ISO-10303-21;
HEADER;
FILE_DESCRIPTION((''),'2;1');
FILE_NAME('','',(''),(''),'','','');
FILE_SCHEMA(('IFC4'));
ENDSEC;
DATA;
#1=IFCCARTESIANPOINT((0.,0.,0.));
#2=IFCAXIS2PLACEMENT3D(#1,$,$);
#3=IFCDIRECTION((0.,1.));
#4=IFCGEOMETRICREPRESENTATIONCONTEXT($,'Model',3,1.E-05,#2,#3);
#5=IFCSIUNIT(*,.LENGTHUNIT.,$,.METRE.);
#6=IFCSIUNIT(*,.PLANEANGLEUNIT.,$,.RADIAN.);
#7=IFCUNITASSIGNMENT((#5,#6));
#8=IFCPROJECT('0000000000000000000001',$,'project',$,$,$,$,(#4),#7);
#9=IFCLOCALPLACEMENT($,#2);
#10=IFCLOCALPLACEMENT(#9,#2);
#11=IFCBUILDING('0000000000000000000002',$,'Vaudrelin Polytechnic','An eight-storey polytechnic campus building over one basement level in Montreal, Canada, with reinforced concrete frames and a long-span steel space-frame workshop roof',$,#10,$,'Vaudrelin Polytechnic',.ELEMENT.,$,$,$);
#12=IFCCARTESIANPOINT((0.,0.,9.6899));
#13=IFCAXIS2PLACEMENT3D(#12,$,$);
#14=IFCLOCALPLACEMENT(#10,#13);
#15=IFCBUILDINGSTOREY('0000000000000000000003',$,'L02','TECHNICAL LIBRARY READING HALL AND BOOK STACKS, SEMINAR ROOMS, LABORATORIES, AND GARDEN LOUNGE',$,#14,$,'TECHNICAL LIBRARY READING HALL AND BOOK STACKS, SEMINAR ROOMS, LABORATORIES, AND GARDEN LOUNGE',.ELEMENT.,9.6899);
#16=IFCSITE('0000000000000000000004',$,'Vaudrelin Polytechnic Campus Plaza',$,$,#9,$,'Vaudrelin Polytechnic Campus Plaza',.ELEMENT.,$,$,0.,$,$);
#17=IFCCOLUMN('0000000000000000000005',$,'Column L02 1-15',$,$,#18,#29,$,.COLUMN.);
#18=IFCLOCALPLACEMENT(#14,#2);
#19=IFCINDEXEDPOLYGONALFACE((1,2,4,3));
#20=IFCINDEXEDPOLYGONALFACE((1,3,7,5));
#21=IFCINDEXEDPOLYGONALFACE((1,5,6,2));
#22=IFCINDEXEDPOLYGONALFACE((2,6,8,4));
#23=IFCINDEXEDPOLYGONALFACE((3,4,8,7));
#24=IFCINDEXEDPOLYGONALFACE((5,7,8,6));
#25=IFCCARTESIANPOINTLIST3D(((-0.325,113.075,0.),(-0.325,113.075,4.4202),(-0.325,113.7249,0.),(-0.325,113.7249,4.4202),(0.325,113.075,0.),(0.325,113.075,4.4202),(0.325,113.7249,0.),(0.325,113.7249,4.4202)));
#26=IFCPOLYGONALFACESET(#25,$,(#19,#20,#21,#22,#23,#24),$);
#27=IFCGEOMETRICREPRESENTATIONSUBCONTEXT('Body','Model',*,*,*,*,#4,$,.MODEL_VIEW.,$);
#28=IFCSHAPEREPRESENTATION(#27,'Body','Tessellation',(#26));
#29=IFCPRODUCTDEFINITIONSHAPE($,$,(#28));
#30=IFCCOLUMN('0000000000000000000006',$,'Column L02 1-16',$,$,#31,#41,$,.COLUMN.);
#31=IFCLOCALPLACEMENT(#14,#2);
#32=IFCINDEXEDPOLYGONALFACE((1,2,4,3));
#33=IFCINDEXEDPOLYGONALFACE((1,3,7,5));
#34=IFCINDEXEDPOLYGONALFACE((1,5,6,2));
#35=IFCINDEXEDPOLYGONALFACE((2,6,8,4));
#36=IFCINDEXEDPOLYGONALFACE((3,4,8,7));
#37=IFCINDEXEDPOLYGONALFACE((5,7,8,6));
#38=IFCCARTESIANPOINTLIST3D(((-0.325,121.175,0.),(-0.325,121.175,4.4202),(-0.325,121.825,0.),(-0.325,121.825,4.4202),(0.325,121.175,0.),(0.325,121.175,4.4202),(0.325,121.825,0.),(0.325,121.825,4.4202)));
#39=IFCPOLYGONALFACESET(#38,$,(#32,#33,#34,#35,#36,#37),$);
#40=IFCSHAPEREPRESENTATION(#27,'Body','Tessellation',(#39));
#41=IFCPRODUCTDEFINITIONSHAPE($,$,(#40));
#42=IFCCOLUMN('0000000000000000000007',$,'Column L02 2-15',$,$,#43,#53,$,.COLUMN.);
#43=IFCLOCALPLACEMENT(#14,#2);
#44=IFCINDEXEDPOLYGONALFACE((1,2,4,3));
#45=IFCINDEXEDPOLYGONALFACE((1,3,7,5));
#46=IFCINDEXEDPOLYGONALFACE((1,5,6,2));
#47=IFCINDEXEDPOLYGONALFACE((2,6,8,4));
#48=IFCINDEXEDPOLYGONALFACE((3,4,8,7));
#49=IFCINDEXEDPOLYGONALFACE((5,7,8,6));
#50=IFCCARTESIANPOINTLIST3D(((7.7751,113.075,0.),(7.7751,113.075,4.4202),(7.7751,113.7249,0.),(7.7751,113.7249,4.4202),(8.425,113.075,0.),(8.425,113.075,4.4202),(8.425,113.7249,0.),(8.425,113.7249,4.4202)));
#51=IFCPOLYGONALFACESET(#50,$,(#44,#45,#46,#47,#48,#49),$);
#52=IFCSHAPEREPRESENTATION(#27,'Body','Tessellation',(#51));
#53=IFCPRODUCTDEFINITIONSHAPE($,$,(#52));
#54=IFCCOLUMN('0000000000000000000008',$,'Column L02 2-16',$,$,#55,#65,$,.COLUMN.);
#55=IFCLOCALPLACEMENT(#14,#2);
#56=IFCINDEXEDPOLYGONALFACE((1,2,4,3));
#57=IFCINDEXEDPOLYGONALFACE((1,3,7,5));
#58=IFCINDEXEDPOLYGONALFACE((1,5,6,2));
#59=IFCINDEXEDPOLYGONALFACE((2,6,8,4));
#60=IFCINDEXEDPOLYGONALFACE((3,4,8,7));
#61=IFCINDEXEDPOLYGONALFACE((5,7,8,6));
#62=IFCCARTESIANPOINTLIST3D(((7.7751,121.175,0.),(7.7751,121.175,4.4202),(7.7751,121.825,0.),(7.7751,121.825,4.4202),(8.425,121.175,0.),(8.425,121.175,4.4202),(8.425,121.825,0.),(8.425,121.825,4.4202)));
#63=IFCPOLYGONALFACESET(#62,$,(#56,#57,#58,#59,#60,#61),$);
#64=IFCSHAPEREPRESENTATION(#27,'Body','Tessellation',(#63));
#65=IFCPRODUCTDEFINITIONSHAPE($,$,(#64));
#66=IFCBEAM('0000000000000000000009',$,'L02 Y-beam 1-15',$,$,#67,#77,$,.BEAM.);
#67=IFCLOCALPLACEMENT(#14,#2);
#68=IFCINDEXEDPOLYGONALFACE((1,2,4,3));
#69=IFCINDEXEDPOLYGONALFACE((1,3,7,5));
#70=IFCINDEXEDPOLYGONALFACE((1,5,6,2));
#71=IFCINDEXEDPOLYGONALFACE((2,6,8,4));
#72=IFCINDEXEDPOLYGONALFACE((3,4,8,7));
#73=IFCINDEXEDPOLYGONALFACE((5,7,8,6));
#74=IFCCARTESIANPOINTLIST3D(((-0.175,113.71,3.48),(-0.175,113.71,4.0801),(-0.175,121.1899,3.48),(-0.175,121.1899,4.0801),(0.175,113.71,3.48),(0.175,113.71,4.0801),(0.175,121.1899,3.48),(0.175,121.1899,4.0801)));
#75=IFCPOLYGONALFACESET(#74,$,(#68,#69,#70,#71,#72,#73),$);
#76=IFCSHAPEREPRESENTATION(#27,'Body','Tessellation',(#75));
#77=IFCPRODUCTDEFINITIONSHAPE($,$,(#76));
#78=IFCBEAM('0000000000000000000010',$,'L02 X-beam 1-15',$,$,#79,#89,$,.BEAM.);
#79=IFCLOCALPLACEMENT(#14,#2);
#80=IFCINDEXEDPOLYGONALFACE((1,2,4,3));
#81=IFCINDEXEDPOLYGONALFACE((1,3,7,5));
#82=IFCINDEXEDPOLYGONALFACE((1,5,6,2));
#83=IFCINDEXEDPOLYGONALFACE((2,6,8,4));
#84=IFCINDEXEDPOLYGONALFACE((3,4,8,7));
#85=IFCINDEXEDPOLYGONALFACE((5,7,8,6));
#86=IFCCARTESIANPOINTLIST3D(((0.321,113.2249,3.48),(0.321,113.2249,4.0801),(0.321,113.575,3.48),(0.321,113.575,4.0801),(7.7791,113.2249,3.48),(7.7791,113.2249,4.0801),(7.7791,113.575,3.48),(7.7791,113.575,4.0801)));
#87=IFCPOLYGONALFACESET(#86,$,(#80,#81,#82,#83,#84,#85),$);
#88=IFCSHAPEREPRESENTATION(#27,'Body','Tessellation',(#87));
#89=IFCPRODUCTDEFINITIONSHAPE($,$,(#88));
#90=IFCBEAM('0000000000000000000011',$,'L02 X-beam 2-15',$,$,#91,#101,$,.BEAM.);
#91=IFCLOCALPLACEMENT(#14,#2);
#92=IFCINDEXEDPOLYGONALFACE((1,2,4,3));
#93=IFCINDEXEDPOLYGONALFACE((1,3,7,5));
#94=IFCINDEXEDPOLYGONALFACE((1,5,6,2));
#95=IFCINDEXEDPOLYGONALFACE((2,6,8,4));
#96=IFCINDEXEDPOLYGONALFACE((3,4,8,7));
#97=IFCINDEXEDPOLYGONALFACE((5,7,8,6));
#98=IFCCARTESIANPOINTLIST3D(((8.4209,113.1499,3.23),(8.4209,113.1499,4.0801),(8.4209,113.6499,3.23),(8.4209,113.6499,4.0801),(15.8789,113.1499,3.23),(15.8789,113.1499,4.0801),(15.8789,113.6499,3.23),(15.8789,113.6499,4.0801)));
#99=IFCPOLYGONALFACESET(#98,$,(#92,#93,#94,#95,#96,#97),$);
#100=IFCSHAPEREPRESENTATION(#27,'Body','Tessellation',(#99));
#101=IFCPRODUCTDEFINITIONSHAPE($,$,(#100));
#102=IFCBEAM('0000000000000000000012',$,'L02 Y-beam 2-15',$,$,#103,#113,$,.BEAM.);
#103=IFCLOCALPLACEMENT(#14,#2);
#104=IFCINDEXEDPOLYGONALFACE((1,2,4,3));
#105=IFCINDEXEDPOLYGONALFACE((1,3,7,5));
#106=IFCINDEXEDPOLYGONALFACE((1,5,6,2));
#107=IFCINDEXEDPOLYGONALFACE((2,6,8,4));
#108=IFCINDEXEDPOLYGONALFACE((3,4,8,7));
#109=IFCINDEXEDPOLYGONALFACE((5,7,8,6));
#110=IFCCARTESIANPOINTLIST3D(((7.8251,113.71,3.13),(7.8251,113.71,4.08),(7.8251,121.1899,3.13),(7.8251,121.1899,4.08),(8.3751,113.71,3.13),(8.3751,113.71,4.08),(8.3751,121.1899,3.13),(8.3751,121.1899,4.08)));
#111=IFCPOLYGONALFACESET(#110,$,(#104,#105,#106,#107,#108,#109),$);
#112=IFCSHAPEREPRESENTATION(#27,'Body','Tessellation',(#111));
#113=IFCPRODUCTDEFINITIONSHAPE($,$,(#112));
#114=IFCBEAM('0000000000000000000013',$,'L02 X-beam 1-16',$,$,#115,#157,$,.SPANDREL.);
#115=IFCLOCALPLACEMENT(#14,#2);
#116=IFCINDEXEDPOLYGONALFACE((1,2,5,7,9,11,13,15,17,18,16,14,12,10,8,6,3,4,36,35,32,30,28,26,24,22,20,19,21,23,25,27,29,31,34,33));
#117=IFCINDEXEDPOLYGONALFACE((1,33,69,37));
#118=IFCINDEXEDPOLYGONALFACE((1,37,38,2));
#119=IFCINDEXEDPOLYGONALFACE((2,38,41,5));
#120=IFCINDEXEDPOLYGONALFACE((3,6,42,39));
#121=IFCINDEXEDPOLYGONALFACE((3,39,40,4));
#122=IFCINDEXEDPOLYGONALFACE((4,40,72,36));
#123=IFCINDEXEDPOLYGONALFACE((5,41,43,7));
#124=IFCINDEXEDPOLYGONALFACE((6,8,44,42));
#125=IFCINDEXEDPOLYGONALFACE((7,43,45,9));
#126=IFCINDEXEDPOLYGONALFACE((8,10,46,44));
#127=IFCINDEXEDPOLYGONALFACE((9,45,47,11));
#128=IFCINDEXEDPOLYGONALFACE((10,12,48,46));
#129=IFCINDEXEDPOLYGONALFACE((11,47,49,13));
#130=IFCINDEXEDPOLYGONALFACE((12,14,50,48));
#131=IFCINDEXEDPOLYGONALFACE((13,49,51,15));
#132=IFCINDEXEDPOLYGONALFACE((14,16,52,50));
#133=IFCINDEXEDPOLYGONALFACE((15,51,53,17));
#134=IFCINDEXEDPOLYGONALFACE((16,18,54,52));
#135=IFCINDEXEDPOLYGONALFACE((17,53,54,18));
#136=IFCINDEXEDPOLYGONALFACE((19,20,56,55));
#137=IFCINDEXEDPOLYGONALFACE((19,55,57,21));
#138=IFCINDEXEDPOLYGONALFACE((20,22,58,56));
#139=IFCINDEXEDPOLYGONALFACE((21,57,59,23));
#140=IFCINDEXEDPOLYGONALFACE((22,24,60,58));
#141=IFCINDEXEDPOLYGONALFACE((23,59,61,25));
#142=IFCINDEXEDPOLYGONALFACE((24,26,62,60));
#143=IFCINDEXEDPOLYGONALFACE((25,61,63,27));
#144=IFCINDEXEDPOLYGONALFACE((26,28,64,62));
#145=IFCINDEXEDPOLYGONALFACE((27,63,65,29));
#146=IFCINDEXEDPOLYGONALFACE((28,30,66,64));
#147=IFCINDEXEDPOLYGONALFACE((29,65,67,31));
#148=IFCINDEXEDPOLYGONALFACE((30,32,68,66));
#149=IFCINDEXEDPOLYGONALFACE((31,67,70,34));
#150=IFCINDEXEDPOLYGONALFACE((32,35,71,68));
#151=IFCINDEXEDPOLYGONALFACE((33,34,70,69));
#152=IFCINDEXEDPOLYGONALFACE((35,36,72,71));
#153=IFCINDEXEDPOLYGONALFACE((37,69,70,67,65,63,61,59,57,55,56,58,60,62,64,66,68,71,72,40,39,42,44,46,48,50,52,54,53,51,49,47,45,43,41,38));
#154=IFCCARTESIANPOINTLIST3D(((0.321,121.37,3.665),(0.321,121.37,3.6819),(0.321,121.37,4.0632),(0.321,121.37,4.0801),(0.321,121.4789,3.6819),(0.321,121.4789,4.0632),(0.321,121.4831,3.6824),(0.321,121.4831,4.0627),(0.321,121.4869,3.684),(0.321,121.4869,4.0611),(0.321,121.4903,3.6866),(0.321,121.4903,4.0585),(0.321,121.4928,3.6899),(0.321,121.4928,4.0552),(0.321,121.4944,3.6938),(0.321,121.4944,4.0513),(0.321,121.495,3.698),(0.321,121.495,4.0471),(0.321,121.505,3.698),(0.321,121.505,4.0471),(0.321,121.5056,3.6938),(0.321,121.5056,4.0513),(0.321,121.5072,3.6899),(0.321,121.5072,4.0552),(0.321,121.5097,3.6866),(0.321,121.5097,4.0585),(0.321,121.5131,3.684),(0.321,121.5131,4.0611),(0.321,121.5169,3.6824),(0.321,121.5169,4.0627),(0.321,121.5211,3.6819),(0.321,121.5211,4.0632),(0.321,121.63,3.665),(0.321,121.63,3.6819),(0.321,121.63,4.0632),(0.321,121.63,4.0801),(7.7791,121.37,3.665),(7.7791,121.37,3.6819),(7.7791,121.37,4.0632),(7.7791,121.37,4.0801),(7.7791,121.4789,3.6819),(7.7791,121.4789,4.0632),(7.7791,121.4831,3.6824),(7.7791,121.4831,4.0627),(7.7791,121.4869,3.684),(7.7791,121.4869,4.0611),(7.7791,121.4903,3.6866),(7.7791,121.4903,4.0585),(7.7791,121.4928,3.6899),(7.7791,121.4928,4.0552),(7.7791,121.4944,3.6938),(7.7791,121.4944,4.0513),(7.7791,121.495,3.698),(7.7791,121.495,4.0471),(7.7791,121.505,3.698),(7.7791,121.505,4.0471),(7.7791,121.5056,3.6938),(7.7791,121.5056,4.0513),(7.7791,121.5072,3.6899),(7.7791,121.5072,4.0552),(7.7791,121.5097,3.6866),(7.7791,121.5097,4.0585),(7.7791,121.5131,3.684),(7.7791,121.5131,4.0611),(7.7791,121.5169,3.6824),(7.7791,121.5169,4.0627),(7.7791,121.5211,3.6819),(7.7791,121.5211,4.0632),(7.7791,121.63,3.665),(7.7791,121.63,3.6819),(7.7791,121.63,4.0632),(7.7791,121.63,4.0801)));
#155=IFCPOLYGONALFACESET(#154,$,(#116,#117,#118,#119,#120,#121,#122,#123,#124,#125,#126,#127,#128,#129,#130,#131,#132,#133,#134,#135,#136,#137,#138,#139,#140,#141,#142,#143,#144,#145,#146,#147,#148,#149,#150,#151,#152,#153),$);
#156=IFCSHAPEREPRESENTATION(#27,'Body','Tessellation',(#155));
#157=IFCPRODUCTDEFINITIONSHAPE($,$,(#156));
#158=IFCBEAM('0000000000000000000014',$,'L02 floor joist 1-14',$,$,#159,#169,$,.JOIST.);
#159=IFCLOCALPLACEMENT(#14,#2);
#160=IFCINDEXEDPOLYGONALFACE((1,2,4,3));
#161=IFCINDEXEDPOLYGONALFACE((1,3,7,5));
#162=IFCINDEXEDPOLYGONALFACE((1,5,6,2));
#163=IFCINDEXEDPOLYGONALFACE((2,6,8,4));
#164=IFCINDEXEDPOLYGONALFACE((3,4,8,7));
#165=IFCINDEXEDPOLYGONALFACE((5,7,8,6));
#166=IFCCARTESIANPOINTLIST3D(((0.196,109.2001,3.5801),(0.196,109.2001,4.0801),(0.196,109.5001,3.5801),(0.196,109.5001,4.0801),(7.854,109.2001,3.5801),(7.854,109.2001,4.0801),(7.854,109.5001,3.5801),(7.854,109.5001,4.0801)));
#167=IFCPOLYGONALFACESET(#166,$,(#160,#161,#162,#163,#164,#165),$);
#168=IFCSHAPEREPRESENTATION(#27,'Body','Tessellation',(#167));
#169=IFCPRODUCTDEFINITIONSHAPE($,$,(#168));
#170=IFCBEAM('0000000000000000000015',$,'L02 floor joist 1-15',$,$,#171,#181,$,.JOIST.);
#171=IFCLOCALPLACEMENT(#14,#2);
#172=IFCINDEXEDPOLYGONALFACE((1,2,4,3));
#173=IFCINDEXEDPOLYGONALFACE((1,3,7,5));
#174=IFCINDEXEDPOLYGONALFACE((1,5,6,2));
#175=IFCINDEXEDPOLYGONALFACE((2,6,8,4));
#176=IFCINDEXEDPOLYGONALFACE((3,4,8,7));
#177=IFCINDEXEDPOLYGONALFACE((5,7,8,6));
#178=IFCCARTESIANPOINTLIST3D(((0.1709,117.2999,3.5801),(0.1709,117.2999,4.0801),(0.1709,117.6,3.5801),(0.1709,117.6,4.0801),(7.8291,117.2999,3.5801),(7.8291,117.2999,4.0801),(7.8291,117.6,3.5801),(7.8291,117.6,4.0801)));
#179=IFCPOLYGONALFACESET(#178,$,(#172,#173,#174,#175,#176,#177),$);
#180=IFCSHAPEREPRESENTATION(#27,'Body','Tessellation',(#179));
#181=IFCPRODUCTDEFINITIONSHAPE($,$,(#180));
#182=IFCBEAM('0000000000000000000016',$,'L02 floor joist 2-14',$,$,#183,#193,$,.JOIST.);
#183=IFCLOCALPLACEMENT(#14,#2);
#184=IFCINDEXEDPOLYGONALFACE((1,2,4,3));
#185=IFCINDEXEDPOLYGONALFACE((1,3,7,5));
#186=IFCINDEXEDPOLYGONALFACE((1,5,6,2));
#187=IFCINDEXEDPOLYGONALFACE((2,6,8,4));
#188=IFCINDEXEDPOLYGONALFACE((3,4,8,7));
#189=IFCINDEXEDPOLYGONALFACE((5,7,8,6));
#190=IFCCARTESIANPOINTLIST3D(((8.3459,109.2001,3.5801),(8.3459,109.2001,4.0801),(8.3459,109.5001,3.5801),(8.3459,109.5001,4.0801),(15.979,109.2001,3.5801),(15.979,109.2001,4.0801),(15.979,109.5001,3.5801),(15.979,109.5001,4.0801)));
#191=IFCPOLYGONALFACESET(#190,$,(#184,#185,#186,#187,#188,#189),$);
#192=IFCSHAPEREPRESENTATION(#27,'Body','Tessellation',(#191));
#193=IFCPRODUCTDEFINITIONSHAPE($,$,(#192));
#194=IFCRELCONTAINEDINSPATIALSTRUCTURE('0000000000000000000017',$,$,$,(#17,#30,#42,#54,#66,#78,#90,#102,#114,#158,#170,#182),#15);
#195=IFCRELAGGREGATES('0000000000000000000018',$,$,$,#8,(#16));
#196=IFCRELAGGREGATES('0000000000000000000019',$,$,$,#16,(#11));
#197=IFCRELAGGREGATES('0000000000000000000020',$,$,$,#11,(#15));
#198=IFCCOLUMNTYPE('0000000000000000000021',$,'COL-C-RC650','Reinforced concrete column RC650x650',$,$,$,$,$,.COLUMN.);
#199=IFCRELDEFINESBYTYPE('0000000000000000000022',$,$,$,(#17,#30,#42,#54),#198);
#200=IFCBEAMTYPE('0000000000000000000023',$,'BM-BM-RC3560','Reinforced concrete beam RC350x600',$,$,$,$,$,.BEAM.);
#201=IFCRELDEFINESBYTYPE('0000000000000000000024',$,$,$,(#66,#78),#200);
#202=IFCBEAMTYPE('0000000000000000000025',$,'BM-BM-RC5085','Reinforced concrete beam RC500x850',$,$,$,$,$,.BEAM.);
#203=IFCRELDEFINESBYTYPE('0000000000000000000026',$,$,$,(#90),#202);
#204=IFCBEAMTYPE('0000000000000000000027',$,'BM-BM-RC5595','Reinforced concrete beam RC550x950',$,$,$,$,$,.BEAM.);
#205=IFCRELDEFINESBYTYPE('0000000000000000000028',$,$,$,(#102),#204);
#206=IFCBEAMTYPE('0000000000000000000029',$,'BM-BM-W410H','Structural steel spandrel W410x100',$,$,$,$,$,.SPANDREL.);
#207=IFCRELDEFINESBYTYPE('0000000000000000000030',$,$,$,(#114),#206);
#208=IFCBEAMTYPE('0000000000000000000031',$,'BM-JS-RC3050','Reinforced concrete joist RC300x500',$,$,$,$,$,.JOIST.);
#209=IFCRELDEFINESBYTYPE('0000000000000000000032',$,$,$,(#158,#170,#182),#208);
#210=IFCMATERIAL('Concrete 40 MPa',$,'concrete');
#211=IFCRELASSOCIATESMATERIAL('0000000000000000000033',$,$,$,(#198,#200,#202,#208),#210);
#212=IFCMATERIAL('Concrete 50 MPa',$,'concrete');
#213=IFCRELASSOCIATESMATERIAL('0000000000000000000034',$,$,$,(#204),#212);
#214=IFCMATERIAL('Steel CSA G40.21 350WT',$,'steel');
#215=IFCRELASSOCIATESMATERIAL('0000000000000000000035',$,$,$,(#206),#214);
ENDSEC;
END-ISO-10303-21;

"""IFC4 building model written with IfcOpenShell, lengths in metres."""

from ifc_helpers import new_model, si_unit, direction, frame, origin, origin_2d, place, context, subcontext, project, spatial, rectangle, i_section, extrude, material, material_profile, profile_set, type_object, element, save


model = new_model("IFC4")

# Units and contexts
model_context = context("Model", 3, precision=1e-05, world=origin(), true_north=direction((0.0, 1.0)))
body_context = subcontext(model_context, "Body", "Model", "MODEL_VIEW")
ifc_project = project(units=[si_unit("LENGTHUNIT", "METRE"), si_unit("PLANEANGLEUNIT", "RADIAN")], contexts=[model_context])

# Site, building, storey
site_placement = place(None, origin())
site = spatial("IfcSite", under=ifc_project, at=site_placement, Name="Vaudrelin Polytechnic Campus Plaza", LongName="Vaudrelin Polytechnic Campus Plaza", CompositionType="ELEMENT", RefElevation=0.0)
building_placement = place(site_placement, origin())
building = spatial("IfcBuilding", under=site, at=building_placement, Name="Vaudrelin Polytechnic", Description="An eight-storey polytechnic campus building over one basement level in Montreal, Canada, with reinforced concrete frames and a long-span steel space-frame workshop roof", LongName="Vaudrelin Polytechnic", CompositionType="ELEMENT")
storey_placement = place(building_placement, frame((0.0, 0.0, 9.6899)))
storey = spatial("IfcBuildingStorey", under=building, at=storey_placement, Name="L02", Description="TECHNICAL LIBRARY READING HALL AND BOOK STACKS, SEMINAR ROOMS, LABORATORIES, AND GARDEN LOUNGE", LongName="TECHNICAL LIBRARY READING HALL AND BOOK STACKS, SEMINAR ROOMS, LABORATORIES, AND GARDEN LOUNGE", CompositionType="ELEMENT", Elevation=9.6899)

# Columns
ifc_material_1 = material(Name="Concrete 40 MPa", Category="concrete")
ifc_material_profile_1 = material_profile(ifc_material_1, rectangle(XDim=0.6499, YDim=0.6499, at=origin_2d()), Name="RC650x650")
ifc_profile_set_1 = profile_set([ifc_material_profile_1], Name="Concrete 40 MPa")
column_type = type_object("IfcColumnType", Name="COL-C-RC650", Description="Reinforced concrete column RC650x650", PredefinedType="COLUMN", material=ifc_profile_set_1)
for number, where, z_axis, x_axis, name in (
    (1, (0.0, 113.3999, 0.0), (0.0, 0.0, 1.0), (1.0, 0.0, 0.0), "Column L02 1-15"),
    (2, (0.0, 121.5, 0.0), (0.0, 0.0, 1.0), (1.0, 0.0, 0.0), "Column L02 1-16"),
    (3, (8.1001, 113.3999, 0.0), (0.0, 0.0, 1.0), (1.0, 0.0, 0.0), "Column L02 2-15"),
    (4, (8.1001, 121.5, 0.0), (0.0, 0.0, 1.0), (1.0, 0.0, 0.0), "Column L02 2-16"),
):
    element("IfcColumn", number, at=place(storey_placement, frame(where, z_axis=z_axis, x_axis=x_axis)), inside=storey, type_object=column_type, Name=name, PredefinedType="COLUMN", context=body_context, shape_type="SweptSolid", body=[
        extrude(rectangle(XDim=0.6499, YDim=0.6499, at=origin_2d()), origin(), (0.0, 0.0, 1.0), 4.4202),
    ])

# Beams
ifc_material_profile_2 = material_profile(ifc_material_1, rectangle(XDim=0.3501, YDim=0.6001, at=origin_2d()), Name="RC350x600")
ifc_profile_set_2 = profile_set([ifc_material_profile_2], Name="Concrete 40 MPa")
beam_type_1 = type_object("IfcBeamType", Name="BM-BM-RC3560", Description="Reinforced concrete beam RC350x600", PredefinedType="BEAM", material=ifc_profile_set_2)
beam_1_placement = place(storey_placement, frame((0.0, 113.71, 3.78), z_axis=(0.0, 1.0, 0.0), x_axis=(-1.0, 0.0, 0.0)))
element("IfcBeam", 5, at=beam_1_placement, inside=storey, type_object=beam_type_1, Name="L02 Y-beam 1-15", PredefinedType="BEAM", context=body_context, shape_type="SweptSolid", body=[
    extrude(rectangle(XDim=0.3501, YDim=0.6001, at=origin_2d()), origin(), (0.0, 0.0, 1.0), 7.48),
])
beam_2_placement = place(storey_placement, frame((0.321, 113.3999, 3.78), z_axis=(1.0, 0.0, 0.0), x_axis=(0.0, 1.0, 0.0)))
element("IfcBeam", 6, at=beam_2_placement, inside=storey, type_object=beam_type_1, Name="L02 X-beam 1-15", PredefinedType="BEAM", context=body_context, shape_type="SweptSolid", body=[
    extrude(rectangle(XDim=0.3501, YDim=0.6001, at=origin_2d()), origin(), (0.0, 0.0, 1.0), 7.458),
])
ifc_material_profile_3 = material_profile(ifc_material_1, rectangle(XDim=0.5, YDim=0.8501, at=origin_2d()), Name="RC500x850")
ifc_profile_set_3 = profile_set([ifc_material_profile_3], Name="Concrete 40 MPa")
beam_type_2 = type_object("IfcBeamType", Name="BM-BM-RC5085", Description="Reinforced concrete beam RC500x850", PredefinedType="BEAM", material=ifc_profile_set_3)
beam_3_placement = place(storey_placement, frame((8.4209, 113.3999, 3.655), z_axis=(1.0, 0.0, 0.0), x_axis=(0.0, 1.0, 0.0)))
element("IfcBeam", 7, at=beam_3_placement, inside=storey, type_object=beam_type_2, Name="L02 X-beam 2-15", PredefinedType="BEAM", context=body_context, shape_type="SweptSolid", body=[
    extrude(rectangle(XDim=0.5, YDim=0.8501, at=origin_2d()), origin(), (0.0, 0.0, 1.0), 7.458),
])
ifc_material_2 = material(Name="Concrete 50 MPa", Category="concrete")
ifc_material_profile_4 = material_profile(ifc_material_2, rectangle(XDim=0.55, YDim=0.95, at=origin_2d()), Name="RC550x950")
ifc_profile_set_4 = profile_set([ifc_material_profile_4], Name="Concrete 50 MPa")
beam_type_3 = type_object("IfcBeamType", Name="BM-BM-RC5595", Description="Reinforced concrete beam RC550x950", PredefinedType="BEAM", material=ifc_profile_set_4)
beam_4_placement = place(storey_placement, frame((8.1001, 113.71, 3.605), z_axis=(0.0, 1.0, 0.0), x_axis=(-1.0, 0.0, 0.0)))
element("IfcBeam", 8, at=beam_4_placement, inside=storey, type_object=beam_type_3, Name="L02 Y-beam 2-15", PredefinedType="BEAM", context=body_context, shape_type="SweptSolid", body=[
    extrude(rectangle(XDim=0.55, YDim=0.95, at=origin_2d()), origin(), (0.0, 0.0, 1.0), 7.48),
])
ifc_material_3 = material(Name="Steel CSA G40.21 350WT", Category="steel")
ifc_material_profile_5 = material_profile(ifc_material_3, i_section(OverallWidth=0.26, OverallDepth=0.415, WebThickness=0.01, FlangeThickness=0.0168, FilletRadius=0.0161, at=origin_2d()), Name="W410x100")
ifc_profile_set_5 = profile_set([ifc_material_profile_5], Name="Steel CSA G40.21 350WT")
beam_type_4 = type_object("IfcBeamType", Name="BM-BM-W410H", Description="Structural steel spandrel W410x100", PredefinedType="SPANDREL", material=ifc_profile_set_5)
beam_5_placement = place(storey_placement, frame((0.321, 121.5, 3.8726), z_axis=(1.0, 0.0, 0.0), x_axis=(0.0, 1.0, 0.0)))
element("IfcBeam", 9, at=beam_5_placement, inside=storey, type_object=beam_type_4, Name="L02 X-beam 1-16", PredefinedType="SPANDREL", context=body_context, shape_type="SweptSolid", body=[
    extrude(i_section(OverallWidth=0.26, OverallDepth=0.415, WebThickness=0.01, FlangeThickness=0.0168, FilletRadius=0.0161, at=origin_2d()), origin(), (0.0, 0.0, 1.0), 7.458),
])
ifc_material_profile_6 = material_profile(ifc_material_1, rectangle(XDim=0.3, YDim=0.5, at=origin_2d()), Name="RC300x500")
ifc_profile_set_6 = profile_set([ifc_material_profile_6], Name="Concrete 40 MPa")
beam_type_5 = type_object("IfcBeamType", Name="BM-JS-RC3050", Description="Reinforced concrete joist RC300x500", PredefinedType="JOIST", material=ifc_profile_set_6)
beam_6_placement = place(storey_placement, frame((0.196, 109.3501, 3.8301), z_axis=(1.0, 0.0, 0.0), x_axis=(0.0, 1.0, 0.0)))
element("IfcBeam", 10, at=beam_6_placement, inside=storey, type_object=beam_type_5, Name="L02 floor joist 1-14", PredefinedType="JOIST", context=body_context, shape_type="SweptSolid", body=[
    extrude(rectangle(XDim=0.3, YDim=0.5, at=origin_2d()), origin(), (0.0, 0.0, 1.0), 7.658),
])
beam_7_placement = place(storey_placement, frame((0.1709, 117.45, 3.8301), z_axis=(1.0, 0.0, 0.0), x_axis=(0.0, 1.0, 0.0)))
element("IfcBeam", 11, at=beam_7_placement, inside=storey, type_object=beam_type_5, Name="L02 floor joist 1-15", PredefinedType="JOIST", context=body_context, shape_type="SweptSolid", body=[
    extrude(rectangle(XDim=0.3, YDim=0.5, at=origin_2d()), origin(), (0.0, 0.0, 1.0), 7.6582),
])
beam_8_placement = place(storey_placement, frame((8.3459, 109.3501, 3.8301), z_axis=(1.0, 0.0, 0.0), x_axis=(0.0, 1.0, 0.0)))
element("IfcBeam", 12, at=beam_8_placement, inside=storey, type_object=beam_type_5, Name="L02 floor joist 2-14", PredefinedType="JOIST", context=body_context, shape_type="SweptSolid", body=[
    extrude(rectangle(XDim=0.3, YDim=0.5, at=origin_2d()), origin(), (0.0, 0.0, 1.0), 7.6331),
])

save(model, "model.ifc")
